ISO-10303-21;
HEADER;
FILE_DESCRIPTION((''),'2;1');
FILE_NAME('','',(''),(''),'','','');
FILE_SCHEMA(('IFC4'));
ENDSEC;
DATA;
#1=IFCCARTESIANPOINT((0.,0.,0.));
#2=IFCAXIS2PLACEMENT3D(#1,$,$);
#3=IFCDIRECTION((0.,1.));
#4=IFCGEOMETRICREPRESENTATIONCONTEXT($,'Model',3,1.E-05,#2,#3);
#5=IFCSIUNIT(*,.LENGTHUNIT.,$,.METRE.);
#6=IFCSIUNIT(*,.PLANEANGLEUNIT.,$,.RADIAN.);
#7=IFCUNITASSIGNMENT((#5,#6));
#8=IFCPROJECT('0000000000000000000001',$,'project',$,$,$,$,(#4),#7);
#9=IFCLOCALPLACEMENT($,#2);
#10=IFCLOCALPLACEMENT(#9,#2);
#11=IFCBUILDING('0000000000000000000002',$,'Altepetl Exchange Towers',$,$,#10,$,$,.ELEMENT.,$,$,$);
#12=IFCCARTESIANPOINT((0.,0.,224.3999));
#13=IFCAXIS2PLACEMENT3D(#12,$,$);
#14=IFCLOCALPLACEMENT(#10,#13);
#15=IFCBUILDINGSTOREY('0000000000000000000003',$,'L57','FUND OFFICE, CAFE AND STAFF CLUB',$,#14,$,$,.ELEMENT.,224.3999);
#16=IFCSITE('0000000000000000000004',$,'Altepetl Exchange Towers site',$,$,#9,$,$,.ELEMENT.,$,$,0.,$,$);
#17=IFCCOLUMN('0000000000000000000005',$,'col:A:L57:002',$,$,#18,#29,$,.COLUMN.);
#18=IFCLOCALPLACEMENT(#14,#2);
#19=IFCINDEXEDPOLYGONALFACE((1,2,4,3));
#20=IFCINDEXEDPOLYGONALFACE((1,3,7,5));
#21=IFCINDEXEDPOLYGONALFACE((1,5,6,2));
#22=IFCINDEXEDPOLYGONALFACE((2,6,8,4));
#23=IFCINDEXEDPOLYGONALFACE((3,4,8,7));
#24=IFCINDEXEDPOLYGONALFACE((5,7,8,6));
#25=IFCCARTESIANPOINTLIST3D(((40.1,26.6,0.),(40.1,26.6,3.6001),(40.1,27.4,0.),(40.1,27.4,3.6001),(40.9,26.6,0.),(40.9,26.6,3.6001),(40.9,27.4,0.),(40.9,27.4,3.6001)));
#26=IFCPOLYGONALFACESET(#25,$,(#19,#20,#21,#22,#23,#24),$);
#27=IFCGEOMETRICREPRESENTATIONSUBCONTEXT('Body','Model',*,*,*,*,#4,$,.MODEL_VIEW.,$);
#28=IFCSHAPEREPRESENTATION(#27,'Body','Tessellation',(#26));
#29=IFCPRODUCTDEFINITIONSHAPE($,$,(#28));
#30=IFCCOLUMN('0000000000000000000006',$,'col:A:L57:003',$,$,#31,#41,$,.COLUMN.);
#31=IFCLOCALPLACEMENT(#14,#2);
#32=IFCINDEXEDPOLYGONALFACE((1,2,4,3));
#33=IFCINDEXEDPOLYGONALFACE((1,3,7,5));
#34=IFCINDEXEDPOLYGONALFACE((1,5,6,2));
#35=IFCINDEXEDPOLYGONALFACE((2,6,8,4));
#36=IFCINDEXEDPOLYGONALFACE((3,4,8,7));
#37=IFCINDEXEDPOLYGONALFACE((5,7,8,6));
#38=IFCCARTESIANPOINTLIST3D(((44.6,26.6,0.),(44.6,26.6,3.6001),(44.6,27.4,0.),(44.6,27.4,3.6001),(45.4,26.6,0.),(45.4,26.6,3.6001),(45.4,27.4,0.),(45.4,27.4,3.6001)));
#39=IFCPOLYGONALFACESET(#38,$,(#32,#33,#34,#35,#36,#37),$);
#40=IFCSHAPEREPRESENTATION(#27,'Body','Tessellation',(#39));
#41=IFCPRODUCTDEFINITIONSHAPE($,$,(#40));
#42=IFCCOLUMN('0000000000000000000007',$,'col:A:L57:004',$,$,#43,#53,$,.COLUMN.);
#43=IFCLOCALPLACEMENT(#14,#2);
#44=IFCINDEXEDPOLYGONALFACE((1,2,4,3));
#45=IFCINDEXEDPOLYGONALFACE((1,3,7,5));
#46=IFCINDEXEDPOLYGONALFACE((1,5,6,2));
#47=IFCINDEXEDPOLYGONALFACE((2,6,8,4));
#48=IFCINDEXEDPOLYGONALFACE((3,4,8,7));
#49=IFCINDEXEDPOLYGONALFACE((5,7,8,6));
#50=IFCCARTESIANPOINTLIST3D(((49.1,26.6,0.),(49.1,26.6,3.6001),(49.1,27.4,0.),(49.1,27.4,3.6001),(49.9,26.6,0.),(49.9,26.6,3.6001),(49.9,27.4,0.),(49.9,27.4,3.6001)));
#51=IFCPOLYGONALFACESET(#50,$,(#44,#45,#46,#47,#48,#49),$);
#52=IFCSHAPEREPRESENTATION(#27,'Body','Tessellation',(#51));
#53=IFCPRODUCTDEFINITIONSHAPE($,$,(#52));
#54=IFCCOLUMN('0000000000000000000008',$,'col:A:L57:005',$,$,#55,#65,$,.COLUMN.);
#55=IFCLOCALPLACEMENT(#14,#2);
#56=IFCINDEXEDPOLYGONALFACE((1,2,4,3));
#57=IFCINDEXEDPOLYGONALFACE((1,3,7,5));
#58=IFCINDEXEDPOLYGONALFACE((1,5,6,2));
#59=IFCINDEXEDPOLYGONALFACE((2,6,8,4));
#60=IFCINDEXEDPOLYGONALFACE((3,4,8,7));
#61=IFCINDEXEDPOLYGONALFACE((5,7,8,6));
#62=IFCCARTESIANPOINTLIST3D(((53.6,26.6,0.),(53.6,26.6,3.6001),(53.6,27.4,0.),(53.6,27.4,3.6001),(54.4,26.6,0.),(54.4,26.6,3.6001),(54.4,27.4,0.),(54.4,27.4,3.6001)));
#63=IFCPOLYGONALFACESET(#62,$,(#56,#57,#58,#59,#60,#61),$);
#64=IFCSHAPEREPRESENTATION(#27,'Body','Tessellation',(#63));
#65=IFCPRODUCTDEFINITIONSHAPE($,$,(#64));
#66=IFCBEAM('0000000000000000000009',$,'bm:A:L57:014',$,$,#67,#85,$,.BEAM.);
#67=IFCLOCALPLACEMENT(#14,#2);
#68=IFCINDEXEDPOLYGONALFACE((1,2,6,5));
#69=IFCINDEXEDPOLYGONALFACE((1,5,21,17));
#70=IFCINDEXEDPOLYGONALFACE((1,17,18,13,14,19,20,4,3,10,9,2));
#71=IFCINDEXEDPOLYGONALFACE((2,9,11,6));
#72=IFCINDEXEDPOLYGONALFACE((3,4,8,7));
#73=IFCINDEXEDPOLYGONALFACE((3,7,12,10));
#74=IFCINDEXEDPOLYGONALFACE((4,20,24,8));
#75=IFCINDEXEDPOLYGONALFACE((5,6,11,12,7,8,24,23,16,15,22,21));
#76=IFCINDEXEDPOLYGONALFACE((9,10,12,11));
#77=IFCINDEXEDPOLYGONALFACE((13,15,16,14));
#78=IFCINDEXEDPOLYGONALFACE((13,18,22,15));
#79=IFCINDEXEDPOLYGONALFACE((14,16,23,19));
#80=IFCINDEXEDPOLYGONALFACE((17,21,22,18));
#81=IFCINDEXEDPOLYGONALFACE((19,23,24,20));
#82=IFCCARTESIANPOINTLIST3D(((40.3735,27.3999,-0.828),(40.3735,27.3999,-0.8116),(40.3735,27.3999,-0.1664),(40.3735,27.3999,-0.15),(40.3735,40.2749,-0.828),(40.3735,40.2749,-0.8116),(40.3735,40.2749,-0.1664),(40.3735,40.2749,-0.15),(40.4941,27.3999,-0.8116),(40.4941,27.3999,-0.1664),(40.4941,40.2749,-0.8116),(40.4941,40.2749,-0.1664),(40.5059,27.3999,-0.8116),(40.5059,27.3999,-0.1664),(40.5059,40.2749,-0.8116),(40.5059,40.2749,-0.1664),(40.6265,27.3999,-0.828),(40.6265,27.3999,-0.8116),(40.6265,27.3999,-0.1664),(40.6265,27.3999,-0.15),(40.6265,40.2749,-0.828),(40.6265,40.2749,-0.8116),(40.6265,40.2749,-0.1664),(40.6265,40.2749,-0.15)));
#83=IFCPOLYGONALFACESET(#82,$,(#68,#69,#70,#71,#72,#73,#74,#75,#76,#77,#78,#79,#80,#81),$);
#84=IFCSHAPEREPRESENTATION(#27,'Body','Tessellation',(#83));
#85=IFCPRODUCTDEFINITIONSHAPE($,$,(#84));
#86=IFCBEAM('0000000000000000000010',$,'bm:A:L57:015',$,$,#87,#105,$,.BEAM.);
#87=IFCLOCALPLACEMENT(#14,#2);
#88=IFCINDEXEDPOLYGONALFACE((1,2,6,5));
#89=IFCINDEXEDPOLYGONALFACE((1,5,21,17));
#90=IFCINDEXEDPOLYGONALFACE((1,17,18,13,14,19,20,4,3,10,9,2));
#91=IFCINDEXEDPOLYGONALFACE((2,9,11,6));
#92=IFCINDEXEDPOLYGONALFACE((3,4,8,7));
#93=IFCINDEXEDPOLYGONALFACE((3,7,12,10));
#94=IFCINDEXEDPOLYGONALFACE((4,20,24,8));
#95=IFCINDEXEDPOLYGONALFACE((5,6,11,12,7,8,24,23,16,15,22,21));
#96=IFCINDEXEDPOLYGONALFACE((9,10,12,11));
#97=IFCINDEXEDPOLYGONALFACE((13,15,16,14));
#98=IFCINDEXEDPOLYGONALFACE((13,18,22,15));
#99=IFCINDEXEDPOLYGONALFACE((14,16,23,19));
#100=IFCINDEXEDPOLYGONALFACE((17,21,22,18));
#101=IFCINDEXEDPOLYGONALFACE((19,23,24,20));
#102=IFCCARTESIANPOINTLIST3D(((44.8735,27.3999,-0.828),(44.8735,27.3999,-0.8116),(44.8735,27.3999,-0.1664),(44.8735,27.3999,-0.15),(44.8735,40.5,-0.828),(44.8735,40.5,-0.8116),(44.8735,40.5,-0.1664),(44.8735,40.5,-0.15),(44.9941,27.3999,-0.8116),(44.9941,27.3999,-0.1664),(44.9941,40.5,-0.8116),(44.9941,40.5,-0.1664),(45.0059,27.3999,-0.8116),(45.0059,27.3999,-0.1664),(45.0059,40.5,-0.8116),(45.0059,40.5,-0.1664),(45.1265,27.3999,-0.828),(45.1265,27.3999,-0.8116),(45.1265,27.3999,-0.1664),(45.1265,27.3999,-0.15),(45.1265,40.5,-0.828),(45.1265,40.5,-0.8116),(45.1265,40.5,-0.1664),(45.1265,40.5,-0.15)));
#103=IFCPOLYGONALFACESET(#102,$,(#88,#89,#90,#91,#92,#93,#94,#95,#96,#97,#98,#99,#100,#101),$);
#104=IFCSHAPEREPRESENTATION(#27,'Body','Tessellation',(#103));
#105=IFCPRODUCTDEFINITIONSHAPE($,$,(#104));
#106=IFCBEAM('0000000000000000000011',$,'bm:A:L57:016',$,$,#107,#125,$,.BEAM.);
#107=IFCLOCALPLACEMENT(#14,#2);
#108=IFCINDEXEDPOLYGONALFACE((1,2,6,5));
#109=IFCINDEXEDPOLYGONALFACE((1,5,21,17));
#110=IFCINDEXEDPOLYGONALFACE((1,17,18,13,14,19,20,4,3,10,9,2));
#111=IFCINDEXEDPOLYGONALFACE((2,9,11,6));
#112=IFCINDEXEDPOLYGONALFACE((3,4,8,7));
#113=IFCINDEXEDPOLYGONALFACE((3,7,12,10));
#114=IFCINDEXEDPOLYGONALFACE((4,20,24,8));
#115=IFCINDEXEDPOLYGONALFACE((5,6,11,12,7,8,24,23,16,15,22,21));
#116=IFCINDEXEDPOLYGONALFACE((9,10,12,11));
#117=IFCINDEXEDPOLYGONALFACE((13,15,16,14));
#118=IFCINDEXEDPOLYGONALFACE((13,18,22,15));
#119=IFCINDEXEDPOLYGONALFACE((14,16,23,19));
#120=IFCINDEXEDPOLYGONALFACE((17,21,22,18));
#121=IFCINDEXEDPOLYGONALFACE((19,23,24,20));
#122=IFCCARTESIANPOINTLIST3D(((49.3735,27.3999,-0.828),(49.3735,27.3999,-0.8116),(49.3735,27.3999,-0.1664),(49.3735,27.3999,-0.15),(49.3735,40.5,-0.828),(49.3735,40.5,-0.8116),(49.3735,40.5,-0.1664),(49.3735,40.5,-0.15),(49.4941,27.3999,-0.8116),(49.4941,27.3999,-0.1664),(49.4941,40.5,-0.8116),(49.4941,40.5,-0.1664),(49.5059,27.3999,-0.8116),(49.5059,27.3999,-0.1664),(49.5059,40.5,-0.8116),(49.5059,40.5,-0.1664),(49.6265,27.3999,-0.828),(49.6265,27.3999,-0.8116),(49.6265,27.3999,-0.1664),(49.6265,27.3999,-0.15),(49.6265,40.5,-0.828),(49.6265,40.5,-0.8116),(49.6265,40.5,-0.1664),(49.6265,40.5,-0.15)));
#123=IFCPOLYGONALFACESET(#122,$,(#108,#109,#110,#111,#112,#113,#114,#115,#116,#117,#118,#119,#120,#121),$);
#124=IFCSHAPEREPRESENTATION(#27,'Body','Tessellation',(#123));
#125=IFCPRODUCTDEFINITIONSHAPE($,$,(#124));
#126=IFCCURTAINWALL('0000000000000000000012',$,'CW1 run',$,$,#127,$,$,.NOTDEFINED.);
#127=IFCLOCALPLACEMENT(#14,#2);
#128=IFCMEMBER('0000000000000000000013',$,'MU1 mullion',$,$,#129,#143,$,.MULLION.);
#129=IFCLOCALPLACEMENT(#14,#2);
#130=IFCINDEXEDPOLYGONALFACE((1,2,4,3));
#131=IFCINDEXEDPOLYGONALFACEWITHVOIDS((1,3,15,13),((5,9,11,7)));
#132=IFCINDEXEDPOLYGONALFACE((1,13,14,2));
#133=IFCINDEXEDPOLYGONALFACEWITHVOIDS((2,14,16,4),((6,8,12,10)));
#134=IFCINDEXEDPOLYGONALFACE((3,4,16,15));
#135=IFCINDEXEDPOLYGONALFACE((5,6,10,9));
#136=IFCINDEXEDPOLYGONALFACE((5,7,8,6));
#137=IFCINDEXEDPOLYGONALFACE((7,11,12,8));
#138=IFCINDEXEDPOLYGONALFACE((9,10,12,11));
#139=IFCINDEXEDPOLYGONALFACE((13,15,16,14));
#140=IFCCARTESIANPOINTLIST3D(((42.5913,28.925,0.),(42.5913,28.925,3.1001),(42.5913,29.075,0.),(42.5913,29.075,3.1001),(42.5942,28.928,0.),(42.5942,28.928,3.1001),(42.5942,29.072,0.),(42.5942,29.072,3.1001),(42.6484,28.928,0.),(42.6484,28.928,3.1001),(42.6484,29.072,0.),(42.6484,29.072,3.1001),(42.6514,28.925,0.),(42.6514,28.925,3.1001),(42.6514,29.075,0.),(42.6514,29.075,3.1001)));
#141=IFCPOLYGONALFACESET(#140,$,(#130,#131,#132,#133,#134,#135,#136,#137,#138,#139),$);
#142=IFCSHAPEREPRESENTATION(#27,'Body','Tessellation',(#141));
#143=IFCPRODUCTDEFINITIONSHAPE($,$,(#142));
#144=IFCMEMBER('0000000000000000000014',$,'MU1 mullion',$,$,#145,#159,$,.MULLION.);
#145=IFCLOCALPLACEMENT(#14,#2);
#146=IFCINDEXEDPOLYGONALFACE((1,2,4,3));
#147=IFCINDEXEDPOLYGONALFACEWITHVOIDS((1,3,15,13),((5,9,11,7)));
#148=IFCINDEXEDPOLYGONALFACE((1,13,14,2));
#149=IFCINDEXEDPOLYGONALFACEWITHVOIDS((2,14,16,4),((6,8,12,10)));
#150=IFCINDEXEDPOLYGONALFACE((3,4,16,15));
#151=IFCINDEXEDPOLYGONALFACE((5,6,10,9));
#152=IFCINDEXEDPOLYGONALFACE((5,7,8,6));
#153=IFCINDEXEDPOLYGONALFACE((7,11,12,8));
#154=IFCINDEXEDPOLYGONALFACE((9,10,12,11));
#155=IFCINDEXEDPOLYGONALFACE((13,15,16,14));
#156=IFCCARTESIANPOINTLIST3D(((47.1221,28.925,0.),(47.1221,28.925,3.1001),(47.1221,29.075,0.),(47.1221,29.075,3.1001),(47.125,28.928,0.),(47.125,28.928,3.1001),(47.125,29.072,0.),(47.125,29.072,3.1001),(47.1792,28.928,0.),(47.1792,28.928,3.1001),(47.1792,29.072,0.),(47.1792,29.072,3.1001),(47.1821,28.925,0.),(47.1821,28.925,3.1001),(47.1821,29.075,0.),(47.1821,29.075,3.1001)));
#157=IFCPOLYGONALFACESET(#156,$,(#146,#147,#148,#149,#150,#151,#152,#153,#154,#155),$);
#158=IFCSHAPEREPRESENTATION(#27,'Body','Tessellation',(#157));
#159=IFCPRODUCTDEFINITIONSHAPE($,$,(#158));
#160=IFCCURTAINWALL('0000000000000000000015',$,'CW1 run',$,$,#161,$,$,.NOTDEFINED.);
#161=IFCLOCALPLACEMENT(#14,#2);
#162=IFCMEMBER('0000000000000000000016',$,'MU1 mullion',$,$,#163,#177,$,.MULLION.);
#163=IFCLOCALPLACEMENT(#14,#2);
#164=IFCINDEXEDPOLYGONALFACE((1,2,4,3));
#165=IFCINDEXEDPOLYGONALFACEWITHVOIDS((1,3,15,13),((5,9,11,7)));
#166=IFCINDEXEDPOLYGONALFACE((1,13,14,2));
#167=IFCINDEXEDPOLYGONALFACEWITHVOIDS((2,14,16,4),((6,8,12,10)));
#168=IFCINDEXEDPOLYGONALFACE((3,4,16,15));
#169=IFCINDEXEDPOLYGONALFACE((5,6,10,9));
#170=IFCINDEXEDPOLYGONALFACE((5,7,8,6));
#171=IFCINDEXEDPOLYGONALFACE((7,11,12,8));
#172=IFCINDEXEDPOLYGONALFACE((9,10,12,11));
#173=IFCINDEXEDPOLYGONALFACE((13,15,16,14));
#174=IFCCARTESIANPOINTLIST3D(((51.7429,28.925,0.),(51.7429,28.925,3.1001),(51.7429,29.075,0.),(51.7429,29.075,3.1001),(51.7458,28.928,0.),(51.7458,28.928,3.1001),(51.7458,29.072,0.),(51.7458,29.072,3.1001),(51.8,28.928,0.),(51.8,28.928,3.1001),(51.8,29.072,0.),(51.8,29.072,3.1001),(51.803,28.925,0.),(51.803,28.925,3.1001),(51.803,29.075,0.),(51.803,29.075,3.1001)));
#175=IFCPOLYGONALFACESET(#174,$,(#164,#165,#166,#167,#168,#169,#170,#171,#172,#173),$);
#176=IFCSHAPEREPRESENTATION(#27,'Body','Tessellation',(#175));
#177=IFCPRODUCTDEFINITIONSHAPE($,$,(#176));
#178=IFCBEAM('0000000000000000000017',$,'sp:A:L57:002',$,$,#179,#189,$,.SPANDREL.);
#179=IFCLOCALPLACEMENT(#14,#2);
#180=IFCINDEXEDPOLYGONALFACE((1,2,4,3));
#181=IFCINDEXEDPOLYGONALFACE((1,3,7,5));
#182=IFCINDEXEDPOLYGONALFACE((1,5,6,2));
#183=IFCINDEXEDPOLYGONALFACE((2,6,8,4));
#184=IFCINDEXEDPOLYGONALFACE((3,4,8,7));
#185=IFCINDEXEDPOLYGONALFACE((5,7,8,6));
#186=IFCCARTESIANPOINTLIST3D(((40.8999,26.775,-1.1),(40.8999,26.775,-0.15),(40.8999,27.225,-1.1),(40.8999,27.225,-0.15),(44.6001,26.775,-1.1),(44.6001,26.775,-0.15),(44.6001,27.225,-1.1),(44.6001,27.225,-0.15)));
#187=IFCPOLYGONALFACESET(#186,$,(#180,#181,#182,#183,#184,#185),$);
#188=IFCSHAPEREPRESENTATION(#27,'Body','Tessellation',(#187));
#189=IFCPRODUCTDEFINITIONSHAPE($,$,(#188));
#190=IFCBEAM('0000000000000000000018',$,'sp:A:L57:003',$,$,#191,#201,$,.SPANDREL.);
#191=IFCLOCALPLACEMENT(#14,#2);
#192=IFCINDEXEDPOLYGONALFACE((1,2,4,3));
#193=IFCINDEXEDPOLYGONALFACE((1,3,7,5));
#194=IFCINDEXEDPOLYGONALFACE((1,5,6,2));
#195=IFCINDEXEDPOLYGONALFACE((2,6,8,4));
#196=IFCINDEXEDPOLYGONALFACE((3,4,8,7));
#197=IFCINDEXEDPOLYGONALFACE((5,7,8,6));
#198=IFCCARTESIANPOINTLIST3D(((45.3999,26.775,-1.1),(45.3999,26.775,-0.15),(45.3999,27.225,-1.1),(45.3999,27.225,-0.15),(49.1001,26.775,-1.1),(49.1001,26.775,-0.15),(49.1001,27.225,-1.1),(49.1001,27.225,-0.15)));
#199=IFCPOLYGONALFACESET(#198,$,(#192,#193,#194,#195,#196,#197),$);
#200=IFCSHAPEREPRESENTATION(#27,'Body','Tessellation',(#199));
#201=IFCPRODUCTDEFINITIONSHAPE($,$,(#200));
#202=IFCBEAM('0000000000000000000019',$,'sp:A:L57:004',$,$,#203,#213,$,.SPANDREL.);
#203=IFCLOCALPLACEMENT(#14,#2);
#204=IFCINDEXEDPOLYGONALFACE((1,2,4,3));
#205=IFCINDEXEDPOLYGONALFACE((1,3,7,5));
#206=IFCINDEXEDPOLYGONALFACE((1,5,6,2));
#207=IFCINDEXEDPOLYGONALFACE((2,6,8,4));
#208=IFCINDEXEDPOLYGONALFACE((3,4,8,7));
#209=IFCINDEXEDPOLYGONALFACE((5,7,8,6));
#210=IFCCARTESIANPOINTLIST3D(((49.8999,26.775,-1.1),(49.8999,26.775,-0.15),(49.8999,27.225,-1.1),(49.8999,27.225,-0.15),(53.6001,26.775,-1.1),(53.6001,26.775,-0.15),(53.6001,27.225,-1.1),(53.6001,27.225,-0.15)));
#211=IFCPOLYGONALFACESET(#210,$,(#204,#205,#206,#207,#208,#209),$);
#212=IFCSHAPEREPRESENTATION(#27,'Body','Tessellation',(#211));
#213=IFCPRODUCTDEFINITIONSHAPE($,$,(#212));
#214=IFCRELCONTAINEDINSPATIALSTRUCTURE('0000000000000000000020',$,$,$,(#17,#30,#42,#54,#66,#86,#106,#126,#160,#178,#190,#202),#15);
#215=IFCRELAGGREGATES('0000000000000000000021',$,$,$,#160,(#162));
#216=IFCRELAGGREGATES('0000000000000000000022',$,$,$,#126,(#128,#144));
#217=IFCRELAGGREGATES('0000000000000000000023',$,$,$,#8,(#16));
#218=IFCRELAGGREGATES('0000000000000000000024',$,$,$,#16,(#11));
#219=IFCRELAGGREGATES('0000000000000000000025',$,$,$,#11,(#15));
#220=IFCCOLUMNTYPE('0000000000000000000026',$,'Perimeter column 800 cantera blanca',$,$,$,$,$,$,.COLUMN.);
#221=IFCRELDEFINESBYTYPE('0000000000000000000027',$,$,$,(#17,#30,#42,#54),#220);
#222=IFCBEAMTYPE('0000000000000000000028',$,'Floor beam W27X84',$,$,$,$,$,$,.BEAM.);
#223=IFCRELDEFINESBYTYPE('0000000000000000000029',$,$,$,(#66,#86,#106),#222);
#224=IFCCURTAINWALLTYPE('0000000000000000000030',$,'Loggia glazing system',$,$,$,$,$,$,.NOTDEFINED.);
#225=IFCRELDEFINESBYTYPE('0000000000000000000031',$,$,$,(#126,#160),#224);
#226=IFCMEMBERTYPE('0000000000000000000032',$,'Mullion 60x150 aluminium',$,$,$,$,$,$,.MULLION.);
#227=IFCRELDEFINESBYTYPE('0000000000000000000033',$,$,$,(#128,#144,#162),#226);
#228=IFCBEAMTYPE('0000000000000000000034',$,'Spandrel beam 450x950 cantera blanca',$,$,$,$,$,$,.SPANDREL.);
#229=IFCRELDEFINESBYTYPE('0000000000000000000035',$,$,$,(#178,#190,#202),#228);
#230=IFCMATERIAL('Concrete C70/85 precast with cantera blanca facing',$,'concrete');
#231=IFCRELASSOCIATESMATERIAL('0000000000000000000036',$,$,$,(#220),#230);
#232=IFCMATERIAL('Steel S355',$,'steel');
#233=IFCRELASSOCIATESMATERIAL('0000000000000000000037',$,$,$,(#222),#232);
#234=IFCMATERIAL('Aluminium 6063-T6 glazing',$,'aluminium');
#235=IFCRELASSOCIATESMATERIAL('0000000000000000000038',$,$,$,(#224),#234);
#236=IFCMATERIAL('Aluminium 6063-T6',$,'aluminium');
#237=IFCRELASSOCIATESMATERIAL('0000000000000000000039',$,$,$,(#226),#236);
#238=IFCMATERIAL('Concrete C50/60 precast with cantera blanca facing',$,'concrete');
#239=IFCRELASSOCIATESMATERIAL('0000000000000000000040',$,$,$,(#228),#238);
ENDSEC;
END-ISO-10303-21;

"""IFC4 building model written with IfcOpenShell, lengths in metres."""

from ifc_helpers import new_model, si_unit, direction, frame, origin, origin_2d, place, context, subcontext, project, spatial, rectangle, hollow_rectangle, i_section, extrude, material, material_profile, profile_set, type_object, element, aggregate, save


model = new_model("IFC4")

# Units and contexts
model_context = context("Model", 3, precision=1e-05, world=origin(), true_north=direction((0.0, 1.0)))
body_context = subcontext(model_context, "Body", "Model", "MODEL_VIEW")
ifc_project = project(units=[si_unit("LENGTHUNIT", "METRE"), si_unit("PLANEANGLEUNIT", "RADIAN")], contexts=[model_context])

# Site, building, storey
site_placement = place(None, origin())
site = spatial("IfcSite", under=ifc_project, at=site_placement, Name="Altepetl Exchange Towers site", CompositionType="ELEMENT", RefElevation=0.0)
building_placement = place(site_placement, origin())
building = spatial("IfcBuilding", under=site, at=building_placement, Name="Altepetl Exchange Towers", CompositionType="ELEMENT")
storey_placement = place(building_placement, frame((0.0, 0.0, 224.3999)))
storey = spatial("IfcBuildingStorey", under=building, at=storey_placement, Name="L57", Description="FUND OFFICE, CAFE AND STAFF CLUB", CompositionType="ELEMENT", Elevation=224.3999)

# Columns
ifc_material_1 = material(Name="Concrete C70/85 precast with cantera blanca facing", Category="concrete")
ifc_material_profile_1 = material_profile(ifc_material_1, rectangle(XDim=0.8, YDim=0.8, at=origin_2d()), Name="800 x 800")
ifc_profile_set_1 = profile_set([ifc_material_profile_1], Name="Concrete C70/85 precast with cantera blanca facing")
column_type = type_object("IfcColumnType", Name="Perimeter column 800 cantera blanca", PredefinedType="COLUMN", material=ifc_profile_set_1)
for number, where, name in (
    (1, (40.5, 27.0, 0.0), "col:A:L57:002"),
    (2, (45.0, 27.0, 0.0), "col:A:L57:003"),
    (3, (49.5, 27.0, 0.0), "col:A:L57:004"),
    (4, (54.0, 27.0, 0.0), "col:A:L57:005"),
):
    element("IfcColumn", number, at=place(storey_placement, frame(where)), inside=storey, type_object=column_type, Name=name, PredefinedType="COLUMN", context=body_context, shape_type="SweptSolid", body=[
        extrude(rectangle(XDim=0.8, YDim=0.8, at=origin_2d()), origin(), (0.0, 0.0, 1.0), 3.6001),
    ])

# Beams
ifc_material_2 = material(Name="Steel S355", Category="steel")
ifc_material_profile_2 = material_profile(ifc_material_2, i_section(OverallWidth=0.2529, OverallDepth=0.678, WebThickness=0.0117, FlangeThickness=0.0164, at=origin_2d()), Name="W27X84")
ifc_profile_set_2 = profile_set([ifc_material_profile_2], Name="Steel S355")
beam_type_1 = type_object("IfcBeamType", Name="Floor beam W27X84", PredefinedType="BEAM", material=ifc_profile_set_2)
beam_placement = place(storey_placement, frame((40.5, 27.3999, -0.489), z_axis=(0.0, 1.0, 0.0), x_axis=(-1.0, 0.0, 0.0)))
element("IfcBeam", 5, at=beam_placement, inside=storey, type_object=beam_type_1, Name="bm:A:L57:014", PredefinedType="BEAM", context=body_context, shape_type="SweptSolid", body=[
    extrude(i_section(OverallWidth=0.2529, OverallDepth=0.678, WebThickness=0.0117, FlangeThickness=0.0164, at=origin_2d()), origin(), (0.0, 0.0, 1.0), 12.875),
])
for number, where, z_axis, x_axis, name in (
    (6, (45.0, 27.3999, -0.489), (0.0, 1.0, 0.0), (-1.0, 0.0, 0.0), "bm:A:L57:015"),
    (7, (49.5, 27.3999, -0.489), (0.0, 1.0, 0.0), (-1.0, 0.0, 0.0), "bm:A:L57:016"),
):
    element("IfcBeam", number, at=place(storey_placement, frame(where, z_axis=z_axis, x_axis=x_axis)), inside=storey, type_object=beam_type_1, Name=name, PredefinedType="BEAM", context=body_context, shape_type="SweptSolid", body=[
        extrude(i_section(OverallWidth=0.2529, OverallDepth=0.678, WebThickness=0.0117, FlangeThickness=0.0164, at=origin_2d()), origin(), (0.0, 0.0, 1.0), 13.1001),
    ])

# Curtain wall, members
ifc_material_3 = material(Name="Aluminium 6063-T6 glazing", Category="aluminium")
curtain_wall_type = type_object("IfcCurtainWallType", Name="Loggia glazing system", PredefinedType="NOTDEFINED", material=ifc_material_3)
curtain_wall_1_placement = place(storey_placement, origin())
curtain_wall_1 = element("IfcCurtainWall", 8, at=curtain_wall_1_placement, inside=storey, type_object=curtain_wall_type, Name="CW1 run", PredefinedType="NOTDEFINED")
ifc_material_4 = material(Name="Aluminium 6063-T6", Category="aluminium")
ifc_material_profile_3 = material_profile(ifc_material_4, hollow_rectangle(XDim=0.0601, YDim=0.1499, WallThickness=0.0029, at=origin_2d()), Name="Mullion 60x150 aluminium")
ifc_profile_set_3 = profile_set([ifc_material_profile_3], Name="Aluminium 6063-T6")
member_type = type_object("IfcMemberType", Name="Mullion 60x150 aluminium", PredefinedType="MULLION", material=ifc_profile_set_3)
member_1_placement = place(storey_placement, frame((42.6213, 29.0, 0.0)))
member_1 = element("IfcMember", 9, at=member_1_placement, type_object=member_type, Name="MU1 mullion", PredefinedType="MULLION", context=body_context, shape_type="SweptSolid", body=[
    extrude(hollow_rectangle(XDim=0.0601, YDim=0.1499, WallThickness=0.0029, at=origin_2d()), origin(), (0.0, 0.0, 1.0), 3.1001),
])
member_2_placement = place(storey_placement, frame((47.1521, 29.0, 0.0)))
member_2 = element("IfcMember", 10, at=member_2_placement, type_object=member_type, Name="MU1 mullion", PredefinedType="MULLION", context=body_context, shape_type="SweptSolid", body=[
    extrude(hollow_rectangle(XDim=0.0601, YDim=0.1499, WallThickness=0.0029, at=origin_2d()), origin(), (0.0, 0.0, 1.0), 3.1001),
])

# Curtain wall, member
curtain_wall_2_placement = place(storey_placement, origin())
curtain_wall_2 = element("IfcCurtainWall", 11, at=curtain_wall_2_placement, inside=storey, type_object=curtain_wall_type, Name="CW1 run", PredefinedType="NOTDEFINED")
member_3_placement = place(storey_placement, frame((51.7729, 29.0, 0.0)))
member_3 = element("IfcMember", 12, at=member_3_placement, type_object=member_type, Name="MU1 mullion", PredefinedType="MULLION", context=body_context, shape_type="SweptSolid", body=[
    extrude(hollow_rectangle(XDim=0.0601, YDim=0.1499, WallThickness=0.0029, at=origin_2d()), origin(), (0.0, 0.0, 1.0), 3.1001),
])
aggregate(curtain_wall_2, [member_3])

# Beams
ifc_material_5 = material(Name="Concrete C50/60 precast with cantera blanca facing", Category="concrete")
ifc_material_profile_4 = material_profile(ifc_material_5, rectangle(XDim=0.45, YDim=0.95, at=origin_2d()), Name="450 x 950")
ifc_profile_set_4 = profile_set([ifc_material_profile_4], Name="Concrete C50/60 precast with cantera blanca facing")
beam_type_2 = type_object("IfcBeamType", Name="Spandrel beam 450x950 cantera blanca", PredefinedType="SPANDREL", material=ifc_profile_set_4)
for number, where, z_axis, x_axis, name in (
    (13, (40.8999, 27.0, -0.625), (1.0, 0.0, 0.0), (0.0, 1.0, 0.0), "sp:A:L57:002"),
    (14, (45.3999, 27.0, -0.625), (1.0, 0.0, 0.0), (0.0, 1.0, 0.0), "sp:A:L57:003"),
    (15, (49.8999, 27.0, -0.625), (1.0, 0.0, 0.0), (0.0, 1.0, 0.0), "sp:A:L57:004"),
):
    element("IfcBeam", number, at=place(storey_placement, frame(where, z_axis=z_axis, x_axis=x_axis)), inside=storey, type_object=beam_type_2, Name=name, PredefinedType="SPANDREL", context=body_context, shape_type="SweptSolid", body=[
        extrude(rectangle(XDim=0.45, YDim=0.95, at=origin_2d()), origin(), (0.0, 0.0, 1.0), 3.7002),
    ])

aggregate(curtain_wall_1, [member_1, member_2])

save(model, "model.ifc")
